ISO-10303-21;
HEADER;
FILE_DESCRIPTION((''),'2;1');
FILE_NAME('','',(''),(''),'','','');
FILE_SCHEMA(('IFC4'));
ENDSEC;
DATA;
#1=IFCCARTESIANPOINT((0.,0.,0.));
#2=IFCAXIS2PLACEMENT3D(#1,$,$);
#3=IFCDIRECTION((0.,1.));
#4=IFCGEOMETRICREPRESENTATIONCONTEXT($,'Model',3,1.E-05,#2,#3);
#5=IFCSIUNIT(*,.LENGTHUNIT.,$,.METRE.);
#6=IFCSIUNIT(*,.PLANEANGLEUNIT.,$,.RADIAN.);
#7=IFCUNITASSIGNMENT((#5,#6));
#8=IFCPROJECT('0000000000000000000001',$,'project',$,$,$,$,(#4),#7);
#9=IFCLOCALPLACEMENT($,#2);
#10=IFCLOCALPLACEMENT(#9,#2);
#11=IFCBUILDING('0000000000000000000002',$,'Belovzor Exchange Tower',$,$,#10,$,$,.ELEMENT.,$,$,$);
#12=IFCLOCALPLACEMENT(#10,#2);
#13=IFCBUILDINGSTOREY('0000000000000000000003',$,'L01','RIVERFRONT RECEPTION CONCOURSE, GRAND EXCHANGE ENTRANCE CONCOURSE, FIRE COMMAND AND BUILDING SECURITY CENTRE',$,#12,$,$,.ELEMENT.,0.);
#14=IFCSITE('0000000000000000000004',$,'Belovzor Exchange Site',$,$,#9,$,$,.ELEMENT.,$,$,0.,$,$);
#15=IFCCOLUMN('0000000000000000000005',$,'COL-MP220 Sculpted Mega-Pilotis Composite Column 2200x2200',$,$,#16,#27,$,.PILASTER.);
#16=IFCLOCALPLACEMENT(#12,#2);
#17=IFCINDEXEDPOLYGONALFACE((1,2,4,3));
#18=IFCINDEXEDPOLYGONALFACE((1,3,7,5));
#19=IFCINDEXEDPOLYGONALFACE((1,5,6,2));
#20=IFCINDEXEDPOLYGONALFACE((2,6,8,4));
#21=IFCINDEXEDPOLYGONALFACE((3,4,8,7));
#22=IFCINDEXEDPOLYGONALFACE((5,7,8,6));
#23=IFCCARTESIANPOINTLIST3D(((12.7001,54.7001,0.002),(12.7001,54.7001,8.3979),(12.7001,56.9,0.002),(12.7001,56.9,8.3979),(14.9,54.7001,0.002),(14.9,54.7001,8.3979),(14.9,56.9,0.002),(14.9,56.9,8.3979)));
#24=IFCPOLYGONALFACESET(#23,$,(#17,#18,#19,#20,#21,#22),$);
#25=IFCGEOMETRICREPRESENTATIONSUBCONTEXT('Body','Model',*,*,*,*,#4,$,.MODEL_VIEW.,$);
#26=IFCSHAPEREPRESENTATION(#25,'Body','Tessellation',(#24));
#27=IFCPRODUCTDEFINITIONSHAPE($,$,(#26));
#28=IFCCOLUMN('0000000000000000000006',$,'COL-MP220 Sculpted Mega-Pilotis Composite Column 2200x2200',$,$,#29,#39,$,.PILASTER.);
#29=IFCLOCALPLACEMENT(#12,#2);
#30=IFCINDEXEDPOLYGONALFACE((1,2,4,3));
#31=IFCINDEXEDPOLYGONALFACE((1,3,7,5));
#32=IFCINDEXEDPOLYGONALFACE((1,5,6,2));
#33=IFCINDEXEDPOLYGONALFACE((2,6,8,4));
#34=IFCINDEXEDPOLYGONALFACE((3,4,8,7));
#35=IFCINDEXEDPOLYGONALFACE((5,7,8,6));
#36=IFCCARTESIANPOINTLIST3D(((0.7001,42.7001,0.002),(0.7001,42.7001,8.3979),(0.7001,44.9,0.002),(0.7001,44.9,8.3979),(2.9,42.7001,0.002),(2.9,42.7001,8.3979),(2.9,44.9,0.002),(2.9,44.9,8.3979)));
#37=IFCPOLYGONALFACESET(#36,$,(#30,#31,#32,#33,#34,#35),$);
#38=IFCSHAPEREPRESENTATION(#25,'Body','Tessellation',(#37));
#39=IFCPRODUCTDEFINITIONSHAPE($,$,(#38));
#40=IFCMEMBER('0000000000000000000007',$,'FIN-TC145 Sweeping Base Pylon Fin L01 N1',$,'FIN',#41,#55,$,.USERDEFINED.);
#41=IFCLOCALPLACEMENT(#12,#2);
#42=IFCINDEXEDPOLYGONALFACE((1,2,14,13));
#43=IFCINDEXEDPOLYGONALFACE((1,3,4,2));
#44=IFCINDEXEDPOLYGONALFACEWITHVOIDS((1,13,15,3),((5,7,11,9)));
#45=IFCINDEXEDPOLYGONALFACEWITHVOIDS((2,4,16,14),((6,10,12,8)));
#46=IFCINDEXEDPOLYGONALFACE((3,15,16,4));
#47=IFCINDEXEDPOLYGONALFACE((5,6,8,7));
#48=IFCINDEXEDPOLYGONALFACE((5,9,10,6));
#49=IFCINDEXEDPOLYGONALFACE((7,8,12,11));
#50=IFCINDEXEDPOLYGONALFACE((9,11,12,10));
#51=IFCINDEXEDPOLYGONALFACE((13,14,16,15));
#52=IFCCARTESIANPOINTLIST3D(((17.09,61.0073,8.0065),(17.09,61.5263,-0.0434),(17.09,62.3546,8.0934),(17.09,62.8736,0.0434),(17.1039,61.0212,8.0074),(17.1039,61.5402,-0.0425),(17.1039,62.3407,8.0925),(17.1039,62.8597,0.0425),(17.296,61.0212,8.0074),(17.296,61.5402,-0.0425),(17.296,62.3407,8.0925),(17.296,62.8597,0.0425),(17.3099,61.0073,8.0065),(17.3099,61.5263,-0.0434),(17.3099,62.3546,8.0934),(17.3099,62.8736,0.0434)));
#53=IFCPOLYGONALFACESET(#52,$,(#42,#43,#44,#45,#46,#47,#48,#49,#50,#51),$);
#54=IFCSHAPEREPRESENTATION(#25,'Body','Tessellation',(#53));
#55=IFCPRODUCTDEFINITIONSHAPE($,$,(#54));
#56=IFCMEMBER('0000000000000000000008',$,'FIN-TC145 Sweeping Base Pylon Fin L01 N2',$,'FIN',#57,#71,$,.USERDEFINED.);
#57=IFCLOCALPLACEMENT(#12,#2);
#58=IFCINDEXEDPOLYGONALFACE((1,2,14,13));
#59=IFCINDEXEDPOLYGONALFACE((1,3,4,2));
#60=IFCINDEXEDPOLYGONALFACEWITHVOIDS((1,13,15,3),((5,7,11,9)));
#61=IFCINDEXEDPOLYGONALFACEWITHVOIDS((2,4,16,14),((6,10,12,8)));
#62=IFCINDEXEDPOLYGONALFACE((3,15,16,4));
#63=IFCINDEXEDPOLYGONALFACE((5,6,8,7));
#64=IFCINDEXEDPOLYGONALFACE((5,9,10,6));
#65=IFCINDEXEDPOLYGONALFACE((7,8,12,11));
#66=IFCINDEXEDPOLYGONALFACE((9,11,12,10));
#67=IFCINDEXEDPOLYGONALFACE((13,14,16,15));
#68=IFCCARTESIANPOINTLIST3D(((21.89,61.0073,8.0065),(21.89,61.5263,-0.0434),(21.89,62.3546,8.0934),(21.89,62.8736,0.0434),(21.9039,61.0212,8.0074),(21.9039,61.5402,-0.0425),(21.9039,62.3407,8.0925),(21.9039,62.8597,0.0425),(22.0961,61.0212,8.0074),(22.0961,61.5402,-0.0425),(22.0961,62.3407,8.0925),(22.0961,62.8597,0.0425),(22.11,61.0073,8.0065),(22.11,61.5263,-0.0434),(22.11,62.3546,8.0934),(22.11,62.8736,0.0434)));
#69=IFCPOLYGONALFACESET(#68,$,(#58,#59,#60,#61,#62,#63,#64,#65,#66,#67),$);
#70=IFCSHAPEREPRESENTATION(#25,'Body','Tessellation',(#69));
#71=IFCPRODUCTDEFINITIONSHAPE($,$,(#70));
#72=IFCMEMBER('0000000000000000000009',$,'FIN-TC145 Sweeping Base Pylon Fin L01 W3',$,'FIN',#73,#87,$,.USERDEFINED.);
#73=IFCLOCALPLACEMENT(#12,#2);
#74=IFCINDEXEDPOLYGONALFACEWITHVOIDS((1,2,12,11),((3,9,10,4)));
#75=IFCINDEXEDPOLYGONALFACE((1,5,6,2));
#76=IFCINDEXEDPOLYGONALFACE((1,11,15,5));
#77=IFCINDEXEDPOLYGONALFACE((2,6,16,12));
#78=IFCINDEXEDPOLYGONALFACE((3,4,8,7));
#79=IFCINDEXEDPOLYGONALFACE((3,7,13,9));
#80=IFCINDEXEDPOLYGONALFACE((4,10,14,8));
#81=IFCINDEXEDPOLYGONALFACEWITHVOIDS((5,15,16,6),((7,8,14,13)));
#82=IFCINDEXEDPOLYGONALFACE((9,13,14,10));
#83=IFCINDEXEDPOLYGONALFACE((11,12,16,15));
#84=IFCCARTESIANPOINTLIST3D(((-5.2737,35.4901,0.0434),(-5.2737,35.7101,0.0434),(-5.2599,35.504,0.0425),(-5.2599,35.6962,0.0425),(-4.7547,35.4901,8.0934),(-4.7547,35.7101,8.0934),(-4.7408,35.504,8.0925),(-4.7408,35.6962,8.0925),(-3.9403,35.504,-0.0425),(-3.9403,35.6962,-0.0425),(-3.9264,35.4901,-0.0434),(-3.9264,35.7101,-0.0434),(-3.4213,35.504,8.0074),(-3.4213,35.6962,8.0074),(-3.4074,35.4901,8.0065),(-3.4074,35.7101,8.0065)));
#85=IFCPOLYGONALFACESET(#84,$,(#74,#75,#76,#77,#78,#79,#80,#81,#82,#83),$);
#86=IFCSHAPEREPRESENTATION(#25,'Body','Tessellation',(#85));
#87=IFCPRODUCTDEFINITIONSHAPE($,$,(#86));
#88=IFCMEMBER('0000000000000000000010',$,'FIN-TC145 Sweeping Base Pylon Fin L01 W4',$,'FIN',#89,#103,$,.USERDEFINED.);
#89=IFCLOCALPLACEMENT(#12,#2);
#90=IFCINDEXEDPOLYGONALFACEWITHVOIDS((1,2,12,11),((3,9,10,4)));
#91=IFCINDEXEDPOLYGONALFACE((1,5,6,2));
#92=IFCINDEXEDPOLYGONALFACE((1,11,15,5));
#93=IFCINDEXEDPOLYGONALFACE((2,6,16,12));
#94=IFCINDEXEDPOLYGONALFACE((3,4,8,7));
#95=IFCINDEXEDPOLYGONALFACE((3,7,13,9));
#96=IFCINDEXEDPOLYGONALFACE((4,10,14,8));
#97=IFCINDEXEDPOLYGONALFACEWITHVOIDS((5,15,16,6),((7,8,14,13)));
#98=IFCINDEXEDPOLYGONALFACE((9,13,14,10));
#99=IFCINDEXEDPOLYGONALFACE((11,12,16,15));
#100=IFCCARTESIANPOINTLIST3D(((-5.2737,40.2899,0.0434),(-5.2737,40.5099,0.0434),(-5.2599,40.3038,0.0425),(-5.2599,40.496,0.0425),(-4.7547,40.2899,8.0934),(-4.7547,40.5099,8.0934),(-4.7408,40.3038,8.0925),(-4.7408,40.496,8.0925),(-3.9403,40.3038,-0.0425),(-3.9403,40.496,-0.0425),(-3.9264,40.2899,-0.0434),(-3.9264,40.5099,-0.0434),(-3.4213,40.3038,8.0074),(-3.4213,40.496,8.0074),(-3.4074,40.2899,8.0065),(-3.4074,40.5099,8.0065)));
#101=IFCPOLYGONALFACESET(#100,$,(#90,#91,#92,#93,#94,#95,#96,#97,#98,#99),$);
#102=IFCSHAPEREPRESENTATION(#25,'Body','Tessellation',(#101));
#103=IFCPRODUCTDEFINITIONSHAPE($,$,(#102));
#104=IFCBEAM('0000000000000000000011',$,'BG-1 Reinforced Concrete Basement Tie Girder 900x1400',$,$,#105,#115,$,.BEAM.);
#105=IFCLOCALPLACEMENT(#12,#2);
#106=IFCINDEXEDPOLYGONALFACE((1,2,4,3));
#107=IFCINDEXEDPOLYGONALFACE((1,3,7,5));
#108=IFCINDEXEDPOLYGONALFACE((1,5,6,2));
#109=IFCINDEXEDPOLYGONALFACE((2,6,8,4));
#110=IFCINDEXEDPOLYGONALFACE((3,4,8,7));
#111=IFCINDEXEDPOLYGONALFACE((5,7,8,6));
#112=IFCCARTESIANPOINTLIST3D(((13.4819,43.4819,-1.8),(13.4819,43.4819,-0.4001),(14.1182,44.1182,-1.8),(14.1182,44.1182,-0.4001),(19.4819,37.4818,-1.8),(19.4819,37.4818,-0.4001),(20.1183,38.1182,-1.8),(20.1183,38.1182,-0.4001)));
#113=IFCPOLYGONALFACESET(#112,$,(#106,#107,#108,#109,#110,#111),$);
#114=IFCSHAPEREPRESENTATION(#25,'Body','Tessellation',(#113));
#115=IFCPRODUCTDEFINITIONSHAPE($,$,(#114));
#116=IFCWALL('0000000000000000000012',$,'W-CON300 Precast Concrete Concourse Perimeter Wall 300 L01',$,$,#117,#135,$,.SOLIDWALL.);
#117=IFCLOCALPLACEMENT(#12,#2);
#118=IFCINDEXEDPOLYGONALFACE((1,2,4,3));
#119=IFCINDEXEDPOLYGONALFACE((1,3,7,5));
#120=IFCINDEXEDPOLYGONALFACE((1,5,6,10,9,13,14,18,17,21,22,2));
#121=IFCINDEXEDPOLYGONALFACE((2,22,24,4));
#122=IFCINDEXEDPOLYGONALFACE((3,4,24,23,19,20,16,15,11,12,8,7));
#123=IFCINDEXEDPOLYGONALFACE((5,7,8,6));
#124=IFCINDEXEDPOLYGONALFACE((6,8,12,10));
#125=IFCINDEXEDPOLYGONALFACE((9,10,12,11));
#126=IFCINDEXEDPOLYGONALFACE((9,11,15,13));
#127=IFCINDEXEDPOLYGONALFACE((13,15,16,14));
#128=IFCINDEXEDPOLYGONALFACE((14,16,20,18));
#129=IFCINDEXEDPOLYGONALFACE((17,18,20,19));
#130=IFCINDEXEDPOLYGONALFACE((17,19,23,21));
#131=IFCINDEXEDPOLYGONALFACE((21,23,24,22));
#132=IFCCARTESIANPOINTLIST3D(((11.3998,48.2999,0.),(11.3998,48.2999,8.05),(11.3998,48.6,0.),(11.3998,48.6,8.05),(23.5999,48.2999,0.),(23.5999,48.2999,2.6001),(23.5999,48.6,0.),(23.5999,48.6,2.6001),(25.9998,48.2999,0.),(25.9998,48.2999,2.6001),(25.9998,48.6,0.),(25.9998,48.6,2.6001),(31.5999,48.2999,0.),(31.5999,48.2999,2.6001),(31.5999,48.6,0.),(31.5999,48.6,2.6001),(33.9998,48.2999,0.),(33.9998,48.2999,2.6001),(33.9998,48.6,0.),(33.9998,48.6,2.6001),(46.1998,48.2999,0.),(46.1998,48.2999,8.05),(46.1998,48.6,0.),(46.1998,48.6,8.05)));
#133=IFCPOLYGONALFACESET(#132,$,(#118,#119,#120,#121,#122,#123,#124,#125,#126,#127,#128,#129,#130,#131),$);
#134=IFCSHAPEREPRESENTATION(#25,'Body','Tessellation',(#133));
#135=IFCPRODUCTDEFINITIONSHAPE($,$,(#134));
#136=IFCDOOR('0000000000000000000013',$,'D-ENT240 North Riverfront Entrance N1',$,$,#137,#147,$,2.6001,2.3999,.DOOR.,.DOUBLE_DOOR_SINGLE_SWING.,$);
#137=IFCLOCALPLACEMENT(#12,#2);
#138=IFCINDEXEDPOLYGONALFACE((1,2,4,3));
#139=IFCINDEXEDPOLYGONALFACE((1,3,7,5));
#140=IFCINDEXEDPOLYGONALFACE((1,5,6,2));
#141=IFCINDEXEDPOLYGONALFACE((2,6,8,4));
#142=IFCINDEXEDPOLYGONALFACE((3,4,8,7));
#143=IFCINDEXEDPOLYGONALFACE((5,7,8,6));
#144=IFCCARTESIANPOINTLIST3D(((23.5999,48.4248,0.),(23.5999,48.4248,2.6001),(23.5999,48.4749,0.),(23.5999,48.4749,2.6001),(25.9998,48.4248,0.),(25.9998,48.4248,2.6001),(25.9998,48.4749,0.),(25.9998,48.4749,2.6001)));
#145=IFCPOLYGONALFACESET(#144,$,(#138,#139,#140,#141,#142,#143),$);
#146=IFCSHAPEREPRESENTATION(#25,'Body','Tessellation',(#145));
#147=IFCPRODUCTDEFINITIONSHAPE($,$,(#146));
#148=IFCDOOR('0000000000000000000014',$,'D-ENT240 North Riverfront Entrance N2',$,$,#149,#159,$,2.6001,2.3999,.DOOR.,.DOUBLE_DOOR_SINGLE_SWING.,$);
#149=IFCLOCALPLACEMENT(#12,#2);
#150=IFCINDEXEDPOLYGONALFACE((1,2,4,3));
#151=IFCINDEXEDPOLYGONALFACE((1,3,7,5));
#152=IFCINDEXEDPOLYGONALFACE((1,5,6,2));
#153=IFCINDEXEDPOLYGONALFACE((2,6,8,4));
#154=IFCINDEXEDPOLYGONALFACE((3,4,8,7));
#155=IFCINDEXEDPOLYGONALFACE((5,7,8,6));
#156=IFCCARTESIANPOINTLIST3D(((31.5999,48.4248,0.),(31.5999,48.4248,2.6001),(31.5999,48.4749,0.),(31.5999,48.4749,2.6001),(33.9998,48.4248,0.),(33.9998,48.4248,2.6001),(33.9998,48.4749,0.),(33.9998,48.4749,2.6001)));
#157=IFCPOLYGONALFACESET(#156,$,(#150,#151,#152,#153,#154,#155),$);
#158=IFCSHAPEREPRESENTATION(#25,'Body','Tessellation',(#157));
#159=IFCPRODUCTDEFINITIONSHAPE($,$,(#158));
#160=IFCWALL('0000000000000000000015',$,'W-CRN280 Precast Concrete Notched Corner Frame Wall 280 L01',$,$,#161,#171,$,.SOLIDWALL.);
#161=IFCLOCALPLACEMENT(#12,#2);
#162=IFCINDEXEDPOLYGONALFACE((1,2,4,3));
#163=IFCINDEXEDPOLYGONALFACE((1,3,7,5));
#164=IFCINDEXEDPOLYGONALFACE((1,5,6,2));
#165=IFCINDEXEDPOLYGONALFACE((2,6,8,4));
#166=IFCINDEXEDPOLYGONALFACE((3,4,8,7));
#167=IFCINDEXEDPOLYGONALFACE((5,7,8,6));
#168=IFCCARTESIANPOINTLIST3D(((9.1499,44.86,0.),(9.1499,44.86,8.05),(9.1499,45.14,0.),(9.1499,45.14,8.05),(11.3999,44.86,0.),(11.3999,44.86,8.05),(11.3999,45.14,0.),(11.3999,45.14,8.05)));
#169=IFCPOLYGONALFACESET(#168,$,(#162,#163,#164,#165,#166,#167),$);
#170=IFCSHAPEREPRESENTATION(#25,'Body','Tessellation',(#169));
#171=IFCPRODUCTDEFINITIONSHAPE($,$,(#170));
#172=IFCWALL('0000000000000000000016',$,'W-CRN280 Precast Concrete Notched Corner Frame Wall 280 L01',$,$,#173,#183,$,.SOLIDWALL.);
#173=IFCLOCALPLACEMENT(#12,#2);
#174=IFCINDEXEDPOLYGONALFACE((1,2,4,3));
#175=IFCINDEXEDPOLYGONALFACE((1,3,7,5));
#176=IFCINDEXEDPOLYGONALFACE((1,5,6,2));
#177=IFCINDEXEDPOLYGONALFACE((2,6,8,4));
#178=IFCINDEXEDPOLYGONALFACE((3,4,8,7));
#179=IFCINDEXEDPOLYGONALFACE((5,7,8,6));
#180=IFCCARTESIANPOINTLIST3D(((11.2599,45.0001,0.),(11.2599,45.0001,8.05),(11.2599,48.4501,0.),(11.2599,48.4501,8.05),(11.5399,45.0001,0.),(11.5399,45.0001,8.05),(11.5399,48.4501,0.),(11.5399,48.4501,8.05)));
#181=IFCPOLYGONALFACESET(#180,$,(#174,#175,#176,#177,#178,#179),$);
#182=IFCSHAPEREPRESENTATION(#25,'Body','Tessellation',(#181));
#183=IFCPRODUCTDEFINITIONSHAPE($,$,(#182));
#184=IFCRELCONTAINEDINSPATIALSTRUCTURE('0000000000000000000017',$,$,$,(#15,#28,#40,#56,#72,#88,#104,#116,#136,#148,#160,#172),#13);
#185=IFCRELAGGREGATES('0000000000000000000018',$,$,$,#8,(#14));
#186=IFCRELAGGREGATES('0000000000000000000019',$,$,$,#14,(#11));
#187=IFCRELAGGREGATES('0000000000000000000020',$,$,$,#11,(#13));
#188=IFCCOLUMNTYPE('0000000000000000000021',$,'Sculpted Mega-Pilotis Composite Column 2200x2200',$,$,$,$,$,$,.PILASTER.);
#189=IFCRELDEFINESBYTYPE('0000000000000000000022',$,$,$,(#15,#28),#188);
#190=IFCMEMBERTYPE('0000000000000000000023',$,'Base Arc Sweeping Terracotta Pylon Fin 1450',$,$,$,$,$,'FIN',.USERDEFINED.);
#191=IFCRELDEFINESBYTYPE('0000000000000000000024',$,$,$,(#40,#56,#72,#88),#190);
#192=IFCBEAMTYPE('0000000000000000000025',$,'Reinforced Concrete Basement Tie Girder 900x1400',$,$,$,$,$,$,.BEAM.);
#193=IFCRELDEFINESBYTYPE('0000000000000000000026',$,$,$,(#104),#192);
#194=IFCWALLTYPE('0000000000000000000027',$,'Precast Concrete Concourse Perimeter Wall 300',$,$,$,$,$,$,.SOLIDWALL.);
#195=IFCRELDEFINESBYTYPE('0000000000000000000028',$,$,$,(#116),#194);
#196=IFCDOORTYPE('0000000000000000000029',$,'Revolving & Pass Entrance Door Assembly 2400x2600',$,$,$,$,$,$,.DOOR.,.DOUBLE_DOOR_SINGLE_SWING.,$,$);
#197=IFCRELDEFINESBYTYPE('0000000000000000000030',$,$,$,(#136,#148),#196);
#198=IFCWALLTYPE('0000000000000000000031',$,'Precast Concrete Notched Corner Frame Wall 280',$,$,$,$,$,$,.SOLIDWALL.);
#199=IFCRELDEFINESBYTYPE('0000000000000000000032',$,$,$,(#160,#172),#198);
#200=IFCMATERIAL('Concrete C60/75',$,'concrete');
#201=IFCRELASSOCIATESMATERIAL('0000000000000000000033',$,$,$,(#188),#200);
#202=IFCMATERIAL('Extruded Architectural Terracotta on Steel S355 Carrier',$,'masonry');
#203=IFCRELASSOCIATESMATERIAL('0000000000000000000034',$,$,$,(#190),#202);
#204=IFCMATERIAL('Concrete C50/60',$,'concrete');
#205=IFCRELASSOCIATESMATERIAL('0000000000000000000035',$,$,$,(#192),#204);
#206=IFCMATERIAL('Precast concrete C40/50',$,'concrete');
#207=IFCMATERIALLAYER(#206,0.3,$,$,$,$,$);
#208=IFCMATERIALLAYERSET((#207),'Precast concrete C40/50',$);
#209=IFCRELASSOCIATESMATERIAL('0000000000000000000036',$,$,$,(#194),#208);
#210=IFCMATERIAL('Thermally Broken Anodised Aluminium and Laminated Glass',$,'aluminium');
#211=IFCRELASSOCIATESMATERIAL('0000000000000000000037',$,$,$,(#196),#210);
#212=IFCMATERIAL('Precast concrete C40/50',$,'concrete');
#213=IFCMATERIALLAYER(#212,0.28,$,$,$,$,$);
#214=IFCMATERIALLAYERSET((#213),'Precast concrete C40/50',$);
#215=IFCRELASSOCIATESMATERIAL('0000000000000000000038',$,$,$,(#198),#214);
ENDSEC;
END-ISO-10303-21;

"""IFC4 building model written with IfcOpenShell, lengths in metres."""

from ifc_helpers import new_model, si_unit, direction, frame, frame_2d, origin, origin_2d, place, context, subcontext, project, spatial, rectangle, hollow_rectangle, extrude, material, layer, layer_set, material_profile, profile_set, type_object, element, fill, save


model = new_model("IFC4")

# Units and contexts
model_context = context("Model", 3, precision=1e-05, world=origin(), true_north=direction((0.0, 1.0)))
body_context = subcontext(model_context, "Body", "Model", "MODEL_VIEW")
ifc_project = project(units=[si_unit("LENGTHUNIT", "METRE"), si_unit("PLANEANGLEUNIT", "RADIAN")], contexts=[model_context])

# Site, building, storey
site_placement = place(None, origin())
site = spatial("IfcSite", under=ifc_project, at=site_placement, Name="Belovzor Exchange Site", CompositionType="ELEMENT", RefElevation=0.0)
building_placement = place(site_placement, origin())
building = spatial("IfcBuilding", under=site, at=building_placement, Name="Belovzor Exchange Tower", CompositionType="ELEMENT")
storey_placement = place(building_placement, origin())
storey = spatial("IfcBuildingStorey", under=building, at=storey_placement, Name="L01", Description="RIVERFRONT RECEPTION CONCOURSE, GRAND EXCHANGE ENTRANCE CONCOURSE, FIRE COMMAND AND BUILDING SECURITY CENTRE", CompositionType="ELEMENT", Elevation=0.0)

# Columns
ifc_material_1 = material(Name="Concrete C60/75", Category="concrete")
ifc_material_profile_1 = material_profile(ifc_material_1, rectangle(XDim=2.2, YDim=2.2, at=origin_2d()))
ifc_profile_set_1 = profile_set([ifc_material_profile_1], Name="Concrete C60/75")
column_type = type_object("IfcColumnType", Name="Sculpted Mega-Pilotis Composite Column 2200x2200", PredefinedType="PILASTER", material=ifc_profile_set_1)
for number, where, z_axis, x_axis, name in (
    (1, (13.8, 55.8, 0.002), (0.0, 0.0, 1.0), (1.0, 0.0, 0.0), "COL-MP220 Sculpted Mega-Pilotis Composite Column 2200x2200"),
    (2, (1.8, 43.8, 0.002), (0.0, 0.0, 1.0), (1.0, 0.0, 0.0), "COL-MP220 Sculpted Mega-Pilotis Composite Column 2200x2200"),
):
    element("IfcColumn", number, at=place(storey_placement, frame(where, z_axis=z_axis, x_axis=x_axis)), inside=storey, type_object=column_type, Name=name, PredefinedType="PILASTER", context=body_context, shape_type="SweptSolid", body=[
        extrude(rectangle(XDim=2.2, YDim=2.2, at=origin_2d()), origin(), (0.0, 0.0, 1.0), 8.396),
    ])

# Members
ifc_material_2 = material(Name="Extruded Architectural Terracotta on Steel S355 Carrier", Category="masonry")
ifc_material_profile_2 = material_profile(ifc_material_2, hollow_rectangle(XDim=0.22, YDim=1.3501, WallThickness=0.0139, at=origin_2d()))
ifc_profile_set_2 = profile_set([ifc_material_profile_2], Name="Extruded Architectural Terracotta on Steel S355 Carrier")
member_type = type_object("IfcMemberType", Name="Base Arc Sweeping Terracotta Pylon Fin 1450", ElementType="FIN", PredefinedType="USERDEFINED", material=ifc_profile_set_2)
for number, where, z_axis, x_axis, name in (
    (3, (17.2, 62.2, 0.0), (0.0, -0.064343, 0.997928), (1.0, 0.0, 0.0), "FIN-TC145 Sweeping Base Pylon Fin L01 N1"),
    (4, (22.0, 62.2, 0.0), (0.0, -0.064343, 0.997928), (1.0, 0.0, 0.0), "FIN-TC145 Sweeping Base Pylon Fin L01 N2"),
    (5, (-4.6001, 35.6001, 0.0), (0.064343, 0.0, 0.997928), (0.0, 1.0, 0.0), "FIN-TC145 Sweeping Base Pylon Fin L01 W3"),
    (6, (-4.6001, 40.3999, 0.0), (0.064343, 0.0, 0.997928), (0.0, 1.0, 0.0), "FIN-TC145 Sweeping Base Pylon Fin L01 W4"),
):
    element("IfcMember", number, at=place(storey_placement, frame(where, z_axis=z_axis, x_axis=x_axis)), inside=storey, type_object=member_type, Name=name, ObjectType="FIN", PredefinedType="USERDEFINED", context=body_context, shape_type="SweptSolid", body=[
        extrude(hollow_rectangle(XDim=0.22, YDim=1.3501, WallThickness=0.0139, at=origin_2d()), origin(), (0.0, 0.0, 1.0), 8.0667),
    ])

# Beam
ifc_material_3 = material(Name="Concrete C50/60", Category="concrete")
ifc_material_profile_3 = material_profile(ifc_material_3, rectangle(XDim=0.8999, YDim=1.3999, at=origin_2d()))
ifc_profile_set_3 = profile_set([ifc_material_profile_3], Name="Concrete C50/60")
beam_type = type_object("IfcBeamType", Name="Reinforced Concrete Basement Tie Girder 900x1400", PredefinedType="BEAM", material=ifc_profile_set_3)
beam_placement = place(storey_placement, frame((13.8, 43.8, -1.1001), z_axis=(0.707107, -0.707107, 0.0), x_axis=(0.707107, 0.707107, 0.0)))
element("IfcBeam", 7, at=beam_placement, inside=storey, type_object=beam_type, Name="BG-1 Reinforced Concrete Basement Tie Girder 900x1400", PredefinedType="BEAM", context=body_context, shape_type="SweptSolid", body=[
    extrude(rectangle(XDim=0.8999, YDim=1.3999, at=origin_2d()), origin(), (0.0, 0.0, 1.0), 8.4854),
])

# Wall, openings, doors
ifc_material_4 = material(Name="Precast concrete C40/50", Category="concrete")
ifc_layer_1 = layer(ifc_material_4, 0.3)
ifc_layer_set_1 = layer_set([ifc_layer_1], Name="Precast concrete C40/50")
wall_type_1 = type_object("IfcWallType", Name="Precast Concrete Concourse Perimeter Wall 300", PredefinedType="SOLIDWALL", material=ifc_layer_set_1)
wall_1_placement = place(storey_placement, frame((11.3999, 48.45, 0.0), z_axis=(0.0, 0.0, 1.0), x_axis=(1.0, 0.0, 0.0)))
wall_1 = element("IfcWall", 8, at=wall_1_placement, inside=storey, type_object=wall_type_1, Name="W-CON300 Precast Concrete Concourse Perimeter Wall 300 L01", PredefinedType="SOLIDWALL", context=body_context, shape_type="SweptSolid", body=[
    extrude(rectangle(XDim=34.8, YDim=0.3, at=frame_2d((17.3999, 0.0))), origin(), (0.0, 0.0, 1.0), 8.05),
])
opening_1_placement = place(wall_1_placement, frame((12.2, 0.0, 0.0)))
opening_1 = element("IfcOpeningElement", 9, at=opening_1_placement, cuts=wall_1, PredefinedType="OPENING", context=body_context, shape_type="SweptSolid", body=[
    extrude(rectangle(XDim=2.3999, YDim=2.6001, at=frame_2d((1.2, 1.3))), frame((0.0, 0.1599, 0.0), z_axis=(0.0, -1.0, 0.0), x_axis=(1.0, 0.0, 0.0)), (0.0, 0.0, 1.0), 0.3201),
])
opening_2_placement = place(wall_1_placement, frame((20.2, 0.0, 0.0)))
opening_2 = element("IfcOpeningElement", 10, at=opening_2_placement, cuts=wall_1, PredefinedType="OPENING", context=body_context, shape_type="SweptSolid", body=[
    extrude(rectangle(XDim=2.3999, YDim=2.6001, at=frame_2d((1.2, 1.3))), frame((0.0, 0.1599, 0.0), z_axis=(0.0, -1.0, 0.0), x_axis=(1.0, 0.0, 0.0)), (0.0, 0.0, 1.0), 0.3201),
])
ifc_material_5 = material(Name="Thermally Broken Anodised Aluminium and Laminated Glass", Category="aluminium")
door_type_1 = type_object("IfcDoorType", Name="Revolving & Pass Entrance Door Assembly 2400x2600", OperationType="DOUBLE_DOOR_SINGLE_SWING", PredefinedType="DOOR", material=ifc_material_5)
door_1_placement = place(opening_1_placement, origin())
door_1 = element("IfcDoor", 11, at=door_1_placement, inside=storey, type_object=door_type_1, Name="D-ENT240 North Riverfront Entrance N1", OperationType="DOUBLE_DOOR_SINGLE_SWING", OverallHeight=2.6001, OverallWidth=2.3999, PredefinedType="DOOR", context=body_context, shape_type="SweptSolid", body=[
    extrude(rectangle(XDim=2.3999, YDim=2.6001, at=frame_2d((1.2, 1.3))), frame((0.0, 0.0249, 0.0), z_axis=(0.0, -1.0, 0.0), x_axis=(1.0, 0.0, 0.0)), (0.0, 0.0, 1.0), 0.05),
])
fill(opening_1, door_1)
door_2_placement = place(opening_2_placement, origin())
door_2 = element("IfcDoor", 12, at=door_2_placement, inside=storey, type_object=door_type_1, Name="D-ENT240 North Riverfront Entrance N2", OperationType="DOUBLE_DOOR_SINGLE_SWING", OverallHeight=2.6001, OverallWidth=2.3999, PredefinedType="DOOR", context=body_context, shape_type="SweptSolid", body=[
    extrude(rectangle(XDim=2.3999, YDim=2.6001, at=frame_2d((1.2, 1.3))), frame((0.0, 0.0249, 0.0), z_axis=(0.0, -1.0, 0.0), x_axis=(1.0, 0.0, 0.0)), (0.0, 0.0, 1.0), 0.05),
])
fill(opening_2, door_2)

# Walls
ifc_material_6 = material(Name="Precast concrete C40/50", Category="concrete")
ifc_layer_2 = layer(ifc_material_6, 0.28)
ifc_layer_set_2 = layer_set([ifc_layer_2], Name="Precast concrete C40/50")
wall_type_2 = type_object("IfcWallType", Name="Precast Concrete Notched Corner Frame Wall 280", PredefinedType="SOLIDWALL", material=ifc_layer_set_2)
wall_2_placement = place(storey_placement, frame((9.1499, 45.0, 0.0), z_axis=(0.0, 0.0, 1.0), x_axis=(1.0, 0.0, 0.0)))
element("IfcWall", 13, at=wall_2_placement, inside=storey, type_object=wall_type_2, Name="W-CRN280 Precast Concrete Notched Corner Frame Wall 280 L01", PredefinedType="SOLIDWALL", context=body_context, shape_type="SweptSolid", body=[
    extrude(rectangle(XDim=2.25, YDim=0.28, at=frame_2d((1.125, 0.0))), origin(), (0.0, 0.0, 1.0), 8.05),
])
wall_3_placement = place(storey_placement, frame((11.3999, 45.0, 0.0), z_axis=(0.0, 0.0, 1.0), x_axis=(0.0, 1.0, 0.0)))
element("IfcWall", 14, at=wall_3_placement, inside=storey, type_object=wall_type_2, Name="W-CRN280 Precast Concrete Notched Corner Frame Wall 280 L01", PredefinedType="SOLIDWALL", context=body_context, shape_type="SweptSolid", body=[
    extrude(rectangle(XDim=3.45, YDim=0.28, at=frame_2d((1.7251, 0.0))), origin(), (0.0, 0.0, 1.0), 8.05),
])

save(model, "model.ifc")
